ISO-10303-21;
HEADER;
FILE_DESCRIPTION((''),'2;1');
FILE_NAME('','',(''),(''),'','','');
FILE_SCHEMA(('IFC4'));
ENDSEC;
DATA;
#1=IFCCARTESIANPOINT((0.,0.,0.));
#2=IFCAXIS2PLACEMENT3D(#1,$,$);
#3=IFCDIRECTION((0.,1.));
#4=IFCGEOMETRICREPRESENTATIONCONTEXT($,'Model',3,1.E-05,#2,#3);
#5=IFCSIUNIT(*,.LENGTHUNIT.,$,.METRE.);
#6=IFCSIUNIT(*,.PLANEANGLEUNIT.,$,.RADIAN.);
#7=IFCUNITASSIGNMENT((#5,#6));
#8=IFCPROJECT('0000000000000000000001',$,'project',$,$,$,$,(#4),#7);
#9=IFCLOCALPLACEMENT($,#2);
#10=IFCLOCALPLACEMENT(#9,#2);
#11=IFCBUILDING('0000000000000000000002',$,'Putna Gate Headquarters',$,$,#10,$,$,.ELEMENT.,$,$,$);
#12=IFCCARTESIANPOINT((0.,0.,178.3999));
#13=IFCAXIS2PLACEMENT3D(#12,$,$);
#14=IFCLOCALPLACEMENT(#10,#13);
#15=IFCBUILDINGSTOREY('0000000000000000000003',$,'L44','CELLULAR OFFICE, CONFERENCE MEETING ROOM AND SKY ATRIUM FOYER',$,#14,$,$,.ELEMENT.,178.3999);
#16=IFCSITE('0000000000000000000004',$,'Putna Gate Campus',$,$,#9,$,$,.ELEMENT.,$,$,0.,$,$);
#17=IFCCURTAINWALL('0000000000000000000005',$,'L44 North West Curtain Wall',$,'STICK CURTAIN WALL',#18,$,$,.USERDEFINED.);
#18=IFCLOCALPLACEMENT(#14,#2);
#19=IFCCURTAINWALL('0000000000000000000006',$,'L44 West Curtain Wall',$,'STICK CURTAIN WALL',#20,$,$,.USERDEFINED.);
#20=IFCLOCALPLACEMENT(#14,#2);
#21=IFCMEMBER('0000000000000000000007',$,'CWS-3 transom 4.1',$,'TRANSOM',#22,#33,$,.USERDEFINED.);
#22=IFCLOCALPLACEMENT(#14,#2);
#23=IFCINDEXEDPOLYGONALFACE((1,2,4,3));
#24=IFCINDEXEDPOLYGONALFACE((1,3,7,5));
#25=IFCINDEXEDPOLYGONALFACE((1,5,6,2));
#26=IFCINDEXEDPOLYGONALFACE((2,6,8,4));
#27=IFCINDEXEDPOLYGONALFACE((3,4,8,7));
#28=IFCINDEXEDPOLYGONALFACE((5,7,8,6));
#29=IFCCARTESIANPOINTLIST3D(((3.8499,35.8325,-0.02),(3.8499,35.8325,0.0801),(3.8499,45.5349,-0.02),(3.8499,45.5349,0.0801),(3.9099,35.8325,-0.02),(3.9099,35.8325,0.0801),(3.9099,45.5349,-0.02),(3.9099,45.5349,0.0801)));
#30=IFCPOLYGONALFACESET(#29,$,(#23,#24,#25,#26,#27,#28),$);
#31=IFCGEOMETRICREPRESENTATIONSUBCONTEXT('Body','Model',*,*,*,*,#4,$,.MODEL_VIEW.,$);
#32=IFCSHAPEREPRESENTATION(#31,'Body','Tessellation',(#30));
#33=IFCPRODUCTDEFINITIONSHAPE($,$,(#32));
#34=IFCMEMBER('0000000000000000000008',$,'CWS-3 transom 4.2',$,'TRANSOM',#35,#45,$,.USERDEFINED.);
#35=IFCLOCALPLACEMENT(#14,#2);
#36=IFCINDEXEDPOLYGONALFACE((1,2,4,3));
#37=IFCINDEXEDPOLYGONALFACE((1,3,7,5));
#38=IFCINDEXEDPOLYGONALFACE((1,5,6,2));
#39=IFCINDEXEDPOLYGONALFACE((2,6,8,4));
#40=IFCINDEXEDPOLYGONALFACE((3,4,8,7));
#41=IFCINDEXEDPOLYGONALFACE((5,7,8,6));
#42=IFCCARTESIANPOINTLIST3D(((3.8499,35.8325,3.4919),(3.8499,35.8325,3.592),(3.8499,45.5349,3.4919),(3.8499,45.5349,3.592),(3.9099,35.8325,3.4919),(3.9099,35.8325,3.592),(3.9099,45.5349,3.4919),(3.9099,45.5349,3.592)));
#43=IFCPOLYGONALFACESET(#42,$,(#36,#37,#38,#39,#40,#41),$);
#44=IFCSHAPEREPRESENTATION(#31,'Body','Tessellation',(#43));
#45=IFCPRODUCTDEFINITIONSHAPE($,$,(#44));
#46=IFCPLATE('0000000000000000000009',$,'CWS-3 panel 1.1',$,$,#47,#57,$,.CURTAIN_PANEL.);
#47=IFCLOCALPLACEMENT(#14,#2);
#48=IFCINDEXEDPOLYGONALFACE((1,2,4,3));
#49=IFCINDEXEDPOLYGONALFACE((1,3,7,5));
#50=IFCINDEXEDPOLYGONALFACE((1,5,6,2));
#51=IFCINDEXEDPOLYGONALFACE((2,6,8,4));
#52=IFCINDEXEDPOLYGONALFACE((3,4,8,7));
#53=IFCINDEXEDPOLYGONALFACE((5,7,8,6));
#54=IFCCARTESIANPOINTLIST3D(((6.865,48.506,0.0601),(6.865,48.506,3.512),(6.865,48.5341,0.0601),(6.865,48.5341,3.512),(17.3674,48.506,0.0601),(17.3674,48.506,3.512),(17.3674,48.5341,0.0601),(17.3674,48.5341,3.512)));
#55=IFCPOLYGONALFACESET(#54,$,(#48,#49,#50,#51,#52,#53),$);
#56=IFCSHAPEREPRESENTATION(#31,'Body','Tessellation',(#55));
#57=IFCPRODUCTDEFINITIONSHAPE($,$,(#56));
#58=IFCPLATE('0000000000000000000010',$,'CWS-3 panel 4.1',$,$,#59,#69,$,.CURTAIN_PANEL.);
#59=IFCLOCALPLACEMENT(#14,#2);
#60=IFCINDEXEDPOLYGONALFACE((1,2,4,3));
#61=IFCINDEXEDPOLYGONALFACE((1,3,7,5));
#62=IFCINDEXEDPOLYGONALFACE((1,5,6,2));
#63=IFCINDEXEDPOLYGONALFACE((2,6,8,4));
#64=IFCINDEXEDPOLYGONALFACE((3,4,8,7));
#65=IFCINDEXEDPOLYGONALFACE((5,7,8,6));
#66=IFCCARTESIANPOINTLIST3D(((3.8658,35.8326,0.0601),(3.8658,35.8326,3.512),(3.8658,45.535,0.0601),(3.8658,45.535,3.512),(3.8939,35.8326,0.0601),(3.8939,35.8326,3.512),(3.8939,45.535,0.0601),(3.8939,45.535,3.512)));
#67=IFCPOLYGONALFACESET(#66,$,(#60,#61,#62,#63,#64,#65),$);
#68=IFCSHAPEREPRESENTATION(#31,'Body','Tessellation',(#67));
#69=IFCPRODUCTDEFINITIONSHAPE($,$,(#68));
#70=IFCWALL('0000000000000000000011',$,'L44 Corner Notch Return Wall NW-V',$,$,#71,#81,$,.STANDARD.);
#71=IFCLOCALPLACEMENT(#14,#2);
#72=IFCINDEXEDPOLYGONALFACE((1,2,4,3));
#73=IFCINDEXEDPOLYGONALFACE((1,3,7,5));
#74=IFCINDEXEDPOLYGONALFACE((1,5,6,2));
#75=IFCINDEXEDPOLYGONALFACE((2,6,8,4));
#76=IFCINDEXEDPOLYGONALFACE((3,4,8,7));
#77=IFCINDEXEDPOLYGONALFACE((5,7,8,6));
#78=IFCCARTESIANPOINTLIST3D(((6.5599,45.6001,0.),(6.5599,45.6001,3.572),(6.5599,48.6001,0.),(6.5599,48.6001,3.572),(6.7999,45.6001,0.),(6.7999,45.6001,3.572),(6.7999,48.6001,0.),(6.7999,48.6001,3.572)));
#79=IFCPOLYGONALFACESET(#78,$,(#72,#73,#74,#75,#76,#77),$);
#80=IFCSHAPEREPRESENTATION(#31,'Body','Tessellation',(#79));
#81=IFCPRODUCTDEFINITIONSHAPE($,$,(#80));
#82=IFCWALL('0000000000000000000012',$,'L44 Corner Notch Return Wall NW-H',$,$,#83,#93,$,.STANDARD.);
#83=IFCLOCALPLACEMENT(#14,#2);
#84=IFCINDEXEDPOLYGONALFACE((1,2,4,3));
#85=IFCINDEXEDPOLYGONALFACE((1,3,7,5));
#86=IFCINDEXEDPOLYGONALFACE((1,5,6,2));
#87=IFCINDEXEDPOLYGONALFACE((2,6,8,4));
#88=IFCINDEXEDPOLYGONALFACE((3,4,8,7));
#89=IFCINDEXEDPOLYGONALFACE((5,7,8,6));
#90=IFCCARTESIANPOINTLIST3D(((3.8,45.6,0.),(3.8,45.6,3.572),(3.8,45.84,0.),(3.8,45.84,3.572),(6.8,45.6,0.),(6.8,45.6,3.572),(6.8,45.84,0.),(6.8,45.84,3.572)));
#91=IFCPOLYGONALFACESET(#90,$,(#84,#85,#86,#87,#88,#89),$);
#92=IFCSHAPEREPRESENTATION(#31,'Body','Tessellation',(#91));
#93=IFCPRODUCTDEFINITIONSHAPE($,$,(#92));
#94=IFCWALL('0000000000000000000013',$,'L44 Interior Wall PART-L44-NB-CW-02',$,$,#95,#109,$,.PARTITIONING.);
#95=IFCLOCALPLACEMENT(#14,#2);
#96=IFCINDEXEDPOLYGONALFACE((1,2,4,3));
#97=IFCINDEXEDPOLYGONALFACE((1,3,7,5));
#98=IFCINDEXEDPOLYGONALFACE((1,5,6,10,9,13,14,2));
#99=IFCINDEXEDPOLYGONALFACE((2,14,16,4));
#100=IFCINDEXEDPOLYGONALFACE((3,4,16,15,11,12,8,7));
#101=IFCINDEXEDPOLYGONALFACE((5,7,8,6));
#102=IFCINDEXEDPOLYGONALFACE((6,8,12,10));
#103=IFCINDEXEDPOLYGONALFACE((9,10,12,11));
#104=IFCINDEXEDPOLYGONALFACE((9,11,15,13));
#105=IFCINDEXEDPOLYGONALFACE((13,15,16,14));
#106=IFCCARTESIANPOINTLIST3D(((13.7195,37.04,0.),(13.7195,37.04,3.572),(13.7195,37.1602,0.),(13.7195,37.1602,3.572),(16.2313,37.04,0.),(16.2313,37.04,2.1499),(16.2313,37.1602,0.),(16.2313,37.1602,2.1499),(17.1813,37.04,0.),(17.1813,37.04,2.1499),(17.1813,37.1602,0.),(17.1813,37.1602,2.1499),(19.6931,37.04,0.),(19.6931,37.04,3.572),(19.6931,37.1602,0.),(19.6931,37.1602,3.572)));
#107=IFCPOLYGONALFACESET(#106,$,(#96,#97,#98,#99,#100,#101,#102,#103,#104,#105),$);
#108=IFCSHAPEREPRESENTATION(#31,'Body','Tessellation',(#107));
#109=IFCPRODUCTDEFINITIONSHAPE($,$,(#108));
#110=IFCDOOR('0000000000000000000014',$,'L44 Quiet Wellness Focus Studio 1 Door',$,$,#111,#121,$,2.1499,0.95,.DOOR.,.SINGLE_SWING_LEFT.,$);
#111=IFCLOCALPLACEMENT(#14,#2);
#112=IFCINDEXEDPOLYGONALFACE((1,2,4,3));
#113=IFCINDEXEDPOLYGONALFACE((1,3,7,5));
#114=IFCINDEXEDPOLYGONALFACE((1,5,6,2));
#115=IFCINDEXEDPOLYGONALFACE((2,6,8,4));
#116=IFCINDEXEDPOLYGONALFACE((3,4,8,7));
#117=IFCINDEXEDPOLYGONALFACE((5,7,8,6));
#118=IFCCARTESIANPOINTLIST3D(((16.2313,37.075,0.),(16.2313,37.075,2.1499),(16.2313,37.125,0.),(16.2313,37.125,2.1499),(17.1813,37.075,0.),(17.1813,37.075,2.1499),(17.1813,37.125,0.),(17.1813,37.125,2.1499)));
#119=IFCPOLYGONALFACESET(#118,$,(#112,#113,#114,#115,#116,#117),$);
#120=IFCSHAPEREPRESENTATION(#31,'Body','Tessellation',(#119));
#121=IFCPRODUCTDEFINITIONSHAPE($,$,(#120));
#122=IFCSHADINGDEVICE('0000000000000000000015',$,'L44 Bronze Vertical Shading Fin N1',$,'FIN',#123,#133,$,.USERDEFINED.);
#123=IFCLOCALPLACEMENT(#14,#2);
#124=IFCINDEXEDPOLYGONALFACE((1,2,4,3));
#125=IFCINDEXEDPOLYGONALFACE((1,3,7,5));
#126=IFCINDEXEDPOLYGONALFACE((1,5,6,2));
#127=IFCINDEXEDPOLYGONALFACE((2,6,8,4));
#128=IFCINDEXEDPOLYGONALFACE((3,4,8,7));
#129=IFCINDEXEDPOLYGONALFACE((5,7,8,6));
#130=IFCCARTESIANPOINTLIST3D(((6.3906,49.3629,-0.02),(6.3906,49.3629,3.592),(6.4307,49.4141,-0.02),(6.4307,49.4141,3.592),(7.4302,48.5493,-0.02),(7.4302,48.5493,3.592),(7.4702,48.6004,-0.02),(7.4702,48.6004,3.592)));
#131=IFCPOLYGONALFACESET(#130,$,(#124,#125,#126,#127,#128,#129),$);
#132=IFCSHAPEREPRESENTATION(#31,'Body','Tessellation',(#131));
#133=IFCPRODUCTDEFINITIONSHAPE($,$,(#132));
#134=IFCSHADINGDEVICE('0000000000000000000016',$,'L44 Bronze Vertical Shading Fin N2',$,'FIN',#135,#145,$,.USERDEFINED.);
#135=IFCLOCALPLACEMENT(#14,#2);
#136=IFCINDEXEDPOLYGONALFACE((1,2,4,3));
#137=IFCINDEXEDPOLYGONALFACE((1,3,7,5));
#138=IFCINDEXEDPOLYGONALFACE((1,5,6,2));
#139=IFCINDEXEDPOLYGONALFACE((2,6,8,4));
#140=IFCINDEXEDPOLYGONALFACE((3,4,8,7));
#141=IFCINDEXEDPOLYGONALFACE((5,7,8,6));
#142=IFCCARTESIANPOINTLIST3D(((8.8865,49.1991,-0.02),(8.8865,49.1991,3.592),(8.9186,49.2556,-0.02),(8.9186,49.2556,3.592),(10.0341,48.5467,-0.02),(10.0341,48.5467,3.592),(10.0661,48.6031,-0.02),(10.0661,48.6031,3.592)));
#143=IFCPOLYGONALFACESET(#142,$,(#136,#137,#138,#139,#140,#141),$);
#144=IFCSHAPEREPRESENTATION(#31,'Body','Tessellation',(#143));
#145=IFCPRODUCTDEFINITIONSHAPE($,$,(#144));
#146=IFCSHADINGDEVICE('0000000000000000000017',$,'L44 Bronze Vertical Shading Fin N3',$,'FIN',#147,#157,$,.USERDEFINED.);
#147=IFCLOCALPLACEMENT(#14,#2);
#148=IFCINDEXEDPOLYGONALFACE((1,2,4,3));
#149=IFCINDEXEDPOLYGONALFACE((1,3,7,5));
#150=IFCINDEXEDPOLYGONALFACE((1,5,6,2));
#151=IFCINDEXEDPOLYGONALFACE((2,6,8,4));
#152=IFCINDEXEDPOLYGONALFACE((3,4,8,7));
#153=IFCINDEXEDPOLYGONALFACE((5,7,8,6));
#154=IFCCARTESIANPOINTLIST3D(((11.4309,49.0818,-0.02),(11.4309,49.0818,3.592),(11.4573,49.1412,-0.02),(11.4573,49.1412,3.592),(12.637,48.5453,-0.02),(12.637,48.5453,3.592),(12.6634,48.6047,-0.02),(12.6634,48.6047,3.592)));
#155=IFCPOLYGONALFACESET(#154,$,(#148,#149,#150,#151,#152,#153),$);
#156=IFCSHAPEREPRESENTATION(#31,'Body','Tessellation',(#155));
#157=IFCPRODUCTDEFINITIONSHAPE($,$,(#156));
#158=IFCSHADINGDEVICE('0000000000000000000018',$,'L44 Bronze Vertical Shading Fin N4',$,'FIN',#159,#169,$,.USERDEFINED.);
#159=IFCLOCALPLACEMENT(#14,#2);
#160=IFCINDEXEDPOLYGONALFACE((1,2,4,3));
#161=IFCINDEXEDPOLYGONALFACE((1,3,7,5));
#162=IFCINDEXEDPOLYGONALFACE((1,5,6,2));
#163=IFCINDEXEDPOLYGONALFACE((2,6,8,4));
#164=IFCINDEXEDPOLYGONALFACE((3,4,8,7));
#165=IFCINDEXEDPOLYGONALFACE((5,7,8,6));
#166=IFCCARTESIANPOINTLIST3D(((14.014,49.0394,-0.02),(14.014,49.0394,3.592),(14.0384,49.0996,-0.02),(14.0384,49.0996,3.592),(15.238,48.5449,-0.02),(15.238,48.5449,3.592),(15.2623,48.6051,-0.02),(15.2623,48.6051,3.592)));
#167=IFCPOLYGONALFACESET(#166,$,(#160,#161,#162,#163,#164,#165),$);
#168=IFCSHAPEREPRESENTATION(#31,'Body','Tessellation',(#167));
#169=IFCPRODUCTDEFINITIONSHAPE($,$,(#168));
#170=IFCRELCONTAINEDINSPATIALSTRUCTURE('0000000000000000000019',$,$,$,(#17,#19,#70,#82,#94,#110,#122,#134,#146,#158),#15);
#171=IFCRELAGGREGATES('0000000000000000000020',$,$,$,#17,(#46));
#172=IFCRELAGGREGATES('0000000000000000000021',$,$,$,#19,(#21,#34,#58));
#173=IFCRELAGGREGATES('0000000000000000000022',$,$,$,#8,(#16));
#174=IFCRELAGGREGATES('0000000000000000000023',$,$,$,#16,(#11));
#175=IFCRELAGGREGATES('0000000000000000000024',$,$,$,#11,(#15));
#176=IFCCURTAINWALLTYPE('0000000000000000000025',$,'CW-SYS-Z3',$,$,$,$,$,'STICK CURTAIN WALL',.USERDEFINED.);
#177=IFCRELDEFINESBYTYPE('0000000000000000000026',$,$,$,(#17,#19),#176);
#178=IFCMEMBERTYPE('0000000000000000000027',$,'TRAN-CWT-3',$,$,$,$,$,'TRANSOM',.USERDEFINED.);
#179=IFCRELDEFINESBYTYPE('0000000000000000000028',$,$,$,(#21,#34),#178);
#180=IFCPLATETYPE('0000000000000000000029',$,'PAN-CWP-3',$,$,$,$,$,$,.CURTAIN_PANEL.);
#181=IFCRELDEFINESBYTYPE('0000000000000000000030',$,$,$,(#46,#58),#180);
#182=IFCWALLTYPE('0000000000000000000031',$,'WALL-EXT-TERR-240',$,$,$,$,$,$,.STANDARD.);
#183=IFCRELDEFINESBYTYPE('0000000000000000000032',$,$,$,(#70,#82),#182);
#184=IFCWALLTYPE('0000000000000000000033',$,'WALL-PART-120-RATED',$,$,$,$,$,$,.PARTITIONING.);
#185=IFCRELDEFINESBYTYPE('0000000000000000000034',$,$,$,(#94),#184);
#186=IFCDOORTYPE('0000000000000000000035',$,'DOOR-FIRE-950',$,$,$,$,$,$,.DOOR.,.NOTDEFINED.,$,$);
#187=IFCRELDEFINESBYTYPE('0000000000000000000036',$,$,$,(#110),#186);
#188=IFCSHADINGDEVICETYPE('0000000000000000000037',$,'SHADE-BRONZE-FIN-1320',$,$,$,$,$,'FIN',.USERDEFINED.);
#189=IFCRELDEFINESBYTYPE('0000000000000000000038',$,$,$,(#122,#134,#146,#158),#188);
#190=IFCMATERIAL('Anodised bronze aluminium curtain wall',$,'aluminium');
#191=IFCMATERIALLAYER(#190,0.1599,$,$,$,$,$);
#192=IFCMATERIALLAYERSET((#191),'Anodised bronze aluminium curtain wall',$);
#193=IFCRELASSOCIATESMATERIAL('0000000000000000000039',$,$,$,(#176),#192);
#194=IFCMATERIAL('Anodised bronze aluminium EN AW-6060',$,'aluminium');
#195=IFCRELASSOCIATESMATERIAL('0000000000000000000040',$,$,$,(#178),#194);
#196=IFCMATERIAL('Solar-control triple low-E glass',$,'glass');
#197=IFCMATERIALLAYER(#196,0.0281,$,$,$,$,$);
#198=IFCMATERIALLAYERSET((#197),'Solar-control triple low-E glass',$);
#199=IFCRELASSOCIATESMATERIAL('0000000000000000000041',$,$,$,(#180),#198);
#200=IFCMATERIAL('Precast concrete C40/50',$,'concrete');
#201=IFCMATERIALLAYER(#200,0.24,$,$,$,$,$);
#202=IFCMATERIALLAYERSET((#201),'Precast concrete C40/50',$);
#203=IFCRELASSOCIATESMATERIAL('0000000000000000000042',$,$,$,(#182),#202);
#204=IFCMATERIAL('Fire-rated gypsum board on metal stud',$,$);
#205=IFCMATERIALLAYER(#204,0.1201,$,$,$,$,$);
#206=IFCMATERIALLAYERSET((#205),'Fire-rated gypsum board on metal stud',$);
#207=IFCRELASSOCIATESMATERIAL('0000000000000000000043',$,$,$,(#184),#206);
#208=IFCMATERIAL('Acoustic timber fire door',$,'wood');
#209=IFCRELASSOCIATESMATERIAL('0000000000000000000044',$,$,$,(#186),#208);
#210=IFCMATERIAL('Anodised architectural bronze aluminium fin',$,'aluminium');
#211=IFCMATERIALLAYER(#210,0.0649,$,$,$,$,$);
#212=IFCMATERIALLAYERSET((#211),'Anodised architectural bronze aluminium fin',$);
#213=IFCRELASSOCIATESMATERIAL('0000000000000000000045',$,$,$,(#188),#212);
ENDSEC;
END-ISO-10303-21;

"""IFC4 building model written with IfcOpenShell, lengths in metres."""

from ifc_helpers import new_model, si_unit, direction, frame, frame_2d, origin, origin_2d, place, context, subcontext, project, spatial, rectangle, extrude, material, layer, layer_set, material_profile, profile_set, type_object, element, fill, aggregate, save


model = new_model("IFC4")

# Units and contexts
model_context = context("Model", 3, precision=1e-05, world=origin(), true_north=direction((0.0, 1.0)))
body_context = subcontext(model_context, "Body", "Model", "MODEL_VIEW")
ifc_project = project(units=[si_unit("LENGTHUNIT", "METRE"), si_unit("PLANEANGLEUNIT", "RADIAN")], contexts=[model_context])

# Site, building, storey
site_placement = place(None, origin())
site = spatial("IfcSite", under=ifc_project, at=site_placement, Name="Putna Gate Campus", CompositionType="ELEMENT", RefElevation=0.0)
building_placement = place(site_placement, origin())
building = spatial("IfcBuilding", under=site, at=building_placement, Name="Putna Gate Headquarters", CompositionType="ELEMENT")
storey_placement = place(building_placement, frame((0.0, 0.0, 178.3999)))
storey = spatial("IfcBuildingStorey", under=building, at=storey_placement, Name="L44", Description="CELLULAR OFFICE, CONFERENCE MEETING ROOM AND SKY ATRIUM FOYER", CompositionType="ELEMENT", Elevation=178.3999)

# Curtain wall
ifc_material_1 = material(Name="Anodised bronze aluminium curtain wall", Category="aluminium")
ifc_layer_1 = layer(ifc_material_1, 0.1599)
ifc_layer_set_1 = layer_set([ifc_layer_1], Name="Anodised bronze aluminium curtain wall")
curtain_wall_type = type_object("IfcCurtainWallType", Name="CW-SYS-Z3", ElementType="STICK CURTAIN WALL", PredefinedType="USERDEFINED", material=ifc_layer_set_1)
curtain_wall_1_placement = place(storey_placement, origin())
curtain_wall_1 = element("IfcCurtainWall", 1, at=curtain_wall_1_placement, inside=storey, type_object=curtain_wall_type, Name="L44 North West Curtain Wall", ObjectType="STICK CURTAIN WALL", PredefinedType="USERDEFINED")
ifc_material_2 = material(Name="Anodised bronze aluminium EN AW-6060", Category="aluminium")

# Curtain wall
curtain_wall_2_placement = place(storey_placement, origin())
curtain_wall_2 = element("IfcCurtainWall", 2, at=curtain_wall_2_placement, inside=storey, type_object=curtain_wall_type, Name="L44 West Curtain Wall", ObjectType="STICK CURTAIN WALL", PredefinedType="USERDEFINED")

# Members
ifc_material_profile_1 = material_profile(ifc_material_2, rectangle(XDim=0.0601, YDim=0.1001, at=origin_2d()), Name="Anodised bronze aluminium EN AW-6060")
ifc_profile_set_1 = profile_set([ifc_material_profile_1], Name="Anodised bronze aluminium EN AW-6060")
member_type_1 = type_object("IfcMemberType", Name="TRAN-CWT-3", ElementType="TRANSOM", PredefinedType="USERDEFINED", material=ifc_profile_set_1)
member_1_placement = place(storey_placement, frame((3.8799, 35.8325, 0.03), z_axis=(0.0, 1.0, 0.0), x_axis=(-1.0, 0.0, 0.0)))
member_1 = element("IfcMember", 3, at=member_1_placement, type_object=member_type_1, Name="CWS-3 transom 4.1", ObjectType="TRANSOM", PredefinedType="USERDEFINED", context=body_context, shape_type="SweptSolid", body=[
    extrude(rectangle(XDim=0.0601, YDim=0.1001, at=origin_2d()), origin(), (0.0, 0.0, 1.0), 9.7024),
])
member_2_placement = place(storey_placement, frame((3.8799, 35.8325, 3.542), z_axis=(0.0, 1.0, 0.0), x_axis=(-1.0, 0.0, 0.0)))
member_2 = element("IfcMember", 4, at=member_2_placement, type_object=member_type_1, Name="CWS-3 transom 4.2", ObjectType="TRANSOM", PredefinedType="USERDEFINED", context=body_context, shape_type="SweptSolid", body=[
    extrude(rectangle(XDim=0.0601, YDim=0.1001, at=origin_2d()), origin(), (0.0, 0.0, 1.0), 9.7024),
])

# Plates
ifc_material_3 = material(Name="Solar-control triple low-E glass", Category="glass")
ifc_layer_2 = layer(ifc_material_3, 0.0281)
ifc_layer_set_2 = layer_set([ifc_layer_2], Name="Solar-control triple low-E glass")
plate_type = type_object("IfcPlateType", Name="PAN-CWP-3", PredefinedType="CURTAIN_PANEL", material=ifc_layer_set_2)
plate_1_placement = place(storey_placement, frame((12.1162, 48.52, 0.0601), z_axis=(0.0, 0.0, 1.0), x_axis=(1.0, 0.0, 0.0)))
plate_1 = element("IfcPlate", 5, at=plate_1_placement, type_object=plate_type, Name="CWS-3 panel 1.1", PredefinedType="CURTAIN_PANEL", context=body_context, shape_type="SweptSolid", body=[
    extrude(rectangle(XDim=10.5024, YDim=0.0281, at=origin_2d()), origin(), (0.0, 0.0, 1.0), 3.4519),
])
aggregate(curtain_wall_1, [plate_1])
plate_2_placement = place(storey_placement, frame((3.8799, 40.6838, 0.0601), z_axis=(0.0, 0.0, 1.0), x_axis=(0.0, 1.0, 0.0)))
plate_2 = element("IfcPlate", 6, at=plate_2_placement, type_object=plate_type, Name="CWS-3 panel 4.1", PredefinedType="CURTAIN_PANEL", context=body_context, shape_type="SweptSolid", body=[
    extrude(rectangle(XDim=9.7024, YDim=0.0281, at=origin_2d()), origin(), (0.0, 0.0, 1.0), 3.4519),
])
aggregate(curtain_wall_2, [member_1, member_2, plate_2])

# Walls
ifc_material_4 = material(Name="Precast concrete C40/50", Category="concrete")
ifc_layer_3 = layer(ifc_material_4, 0.24)
ifc_layer_set_3 = layer_set([ifc_layer_3], Name="Precast concrete C40/50")
wall_type_1 = type_object("IfcWallType", Name="WALL-EXT-TERR-240", PredefinedType="STANDARD", material=ifc_layer_set_3)
for number, where, z_axis, x_axis, name in (
    (7, (6.6799, 45.6001, 0.0), (0.0, 0.0, 1.0), (0.0, 1.0, 0.0), "L44 Corner Notch Return Wall NW-V"),
    (8, (3.8, 45.72, 0.0), (0.0, 0.0, 1.0), (1.0, 0.0, 0.0), "L44 Corner Notch Return Wall NW-H"),
):
    element("IfcWall", number, at=place(storey_placement, frame(where, z_axis=z_axis, x_axis=x_axis)), inside=storey, type_object=wall_type_1, Name=name, PredefinedType="STANDARD", context=body_context, shape_type="SweptSolid", body=[
        extrude(rectangle(XDim=3.0, YDim=0.24, at=frame_2d((1.5, 0.0))), origin(), (0.0, 0.0, 1.0), 3.572),
    ])

# Wall, opening, door
ifc_material_5 = material(Name="Fire-rated gypsum board on metal stud")
ifc_layer_4 = layer(ifc_material_5, 0.1201)
ifc_layer_set_4 = layer_set([ifc_layer_4], Name="Fire-rated gypsum board on metal stud")
wall_type_2 = type_object("IfcWallType", Name="WALL-PART-120-RATED", PredefinedType="PARTITIONING", material=ifc_layer_set_4)
wall_placement = place(storey_placement, frame((13.7195, 37.1001, 0.0), z_axis=(0.0, 0.0, 1.0), x_axis=(1.0, 0.0, 0.0)))
wall = element("IfcWall", 9, at=wall_placement, inside=storey, type_object=wall_type_2, Name="L44 Interior Wall PART-L44-NB-CW-02", PredefinedType="PARTITIONING", context=body_context, shape_type="SweptSolid", body=[
    extrude(rectangle(XDim=5.9736, YDim=0.1201, at=frame_2d((2.9868, 0.0))), origin(), (0.0, 0.0, 1.0), 3.572),
])
opening_placement = place(wall_placement, frame((2.5117, 0.0, 0.0)))
opening = element("IfcOpeningElement", 10, at=opening_placement, cuts=wall, PredefinedType="OPENING", context=body_context, shape_type="SweptSolid", body=[
    extrude(rectangle(XDim=0.95, YDim=2.1499, at=frame_2d((0.4751, 1.075))), frame((0.0, 0.0701, 0.0), z_axis=(0.0, -1.0, 0.0), x_axis=(1.0, 0.0, 0.0)), (0.0, 0.0, 1.0), 0.1401),
])
ifc_material_6 = material(Name="Acoustic timber fire door", Category="wood")
door_type = type_object("IfcDoorType", Name="DOOR-FIRE-950", OperationType="NOTDEFINED", PredefinedType="DOOR", material=ifc_material_6)
door_placement = place(opening_placement, origin())
door = element("IfcDoor", 11, at=door_placement, inside=storey, type_object=door_type, Name="L44 Quiet Wellness Focus Studio 1 Door", OperationType="SINGLE_SWING_LEFT", OverallHeight=2.1499, OverallWidth=0.95, PredefinedType="DOOR", context=body_context, shape_type="SweptSolid", body=[
    extrude(rectangle(XDim=0.95, YDim=2.1499, at=frame_2d((0.4751, 1.075))), frame((0.0, 0.0249, 0.0), z_axis=(0.0, -1.0, 0.0), x_axis=(1.0, 0.0, 0.0)), (0.0, 0.0, 1.0), 0.05),
])
fill(opening, door)

# Shading devices
ifc_material_7 = material(Name="Anodised architectural bronze aluminium fin", Category="aluminium")
ifc_layer_5 = layer(ifc_material_7, 0.0649)
ifc_layer_set_5 = layer_set([ifc_layer_5], Name="Anodised architectural bronze aluminium fin")
shading_device_type = type_object("IfcShadingDeviceType", Name="SHADE-BRONZE-FIN-1320", ElementType="FIN", PredefinedType="USERDEFINED", material=ifc_layer_set_5)
for number, where, z_axis, x_axis, name in (
    (12, (6.9304, 48.9817, -0.02), (0.0, 0.0, 1.0), (-0.787473, 0.616349, 0.0), "L44 Bronze Vertical Shading Fin N1"),
    (13, (9.4763, 48.9011, -0.02), (0.0, 0.0, 1.0), (-0.869322, 0.494245, 0.0), "L44 Bronze Vertical Shading Fin N2"),
    (14, (12.0471, 48.8433, -0.02), (0.0, 0.0, 1.0), (-0.913687, 0.406418, 0.0), "L44 Bronze Vertical Shading Fin N3"),
    (15, (14.6382, 48.8223, -0.02), (0.0, 0.0, 1.0), (-0.927184, 0.374607, 0.0), "L44 Bronze Vertical Shading Fin N4"),
):
    element("IfcShadingDevice", number, at=place(storey_placement, frame(where, z_axis=z_axis, x_axis=x_axis)), inside=storey, type_object=shading_device_type, Name=name, ObjectType="FIN", PredefinedType="USERDEFINED", context=body_context, shape_type="SweptSolid", body=[
        extrude(rectangle(XDim=1.3201, YDim=0.0649, at=origin_2d()), origin(), (0.0, 0.0, 1.0), 3.6121),
    ])

save(model, "model.ifc")
